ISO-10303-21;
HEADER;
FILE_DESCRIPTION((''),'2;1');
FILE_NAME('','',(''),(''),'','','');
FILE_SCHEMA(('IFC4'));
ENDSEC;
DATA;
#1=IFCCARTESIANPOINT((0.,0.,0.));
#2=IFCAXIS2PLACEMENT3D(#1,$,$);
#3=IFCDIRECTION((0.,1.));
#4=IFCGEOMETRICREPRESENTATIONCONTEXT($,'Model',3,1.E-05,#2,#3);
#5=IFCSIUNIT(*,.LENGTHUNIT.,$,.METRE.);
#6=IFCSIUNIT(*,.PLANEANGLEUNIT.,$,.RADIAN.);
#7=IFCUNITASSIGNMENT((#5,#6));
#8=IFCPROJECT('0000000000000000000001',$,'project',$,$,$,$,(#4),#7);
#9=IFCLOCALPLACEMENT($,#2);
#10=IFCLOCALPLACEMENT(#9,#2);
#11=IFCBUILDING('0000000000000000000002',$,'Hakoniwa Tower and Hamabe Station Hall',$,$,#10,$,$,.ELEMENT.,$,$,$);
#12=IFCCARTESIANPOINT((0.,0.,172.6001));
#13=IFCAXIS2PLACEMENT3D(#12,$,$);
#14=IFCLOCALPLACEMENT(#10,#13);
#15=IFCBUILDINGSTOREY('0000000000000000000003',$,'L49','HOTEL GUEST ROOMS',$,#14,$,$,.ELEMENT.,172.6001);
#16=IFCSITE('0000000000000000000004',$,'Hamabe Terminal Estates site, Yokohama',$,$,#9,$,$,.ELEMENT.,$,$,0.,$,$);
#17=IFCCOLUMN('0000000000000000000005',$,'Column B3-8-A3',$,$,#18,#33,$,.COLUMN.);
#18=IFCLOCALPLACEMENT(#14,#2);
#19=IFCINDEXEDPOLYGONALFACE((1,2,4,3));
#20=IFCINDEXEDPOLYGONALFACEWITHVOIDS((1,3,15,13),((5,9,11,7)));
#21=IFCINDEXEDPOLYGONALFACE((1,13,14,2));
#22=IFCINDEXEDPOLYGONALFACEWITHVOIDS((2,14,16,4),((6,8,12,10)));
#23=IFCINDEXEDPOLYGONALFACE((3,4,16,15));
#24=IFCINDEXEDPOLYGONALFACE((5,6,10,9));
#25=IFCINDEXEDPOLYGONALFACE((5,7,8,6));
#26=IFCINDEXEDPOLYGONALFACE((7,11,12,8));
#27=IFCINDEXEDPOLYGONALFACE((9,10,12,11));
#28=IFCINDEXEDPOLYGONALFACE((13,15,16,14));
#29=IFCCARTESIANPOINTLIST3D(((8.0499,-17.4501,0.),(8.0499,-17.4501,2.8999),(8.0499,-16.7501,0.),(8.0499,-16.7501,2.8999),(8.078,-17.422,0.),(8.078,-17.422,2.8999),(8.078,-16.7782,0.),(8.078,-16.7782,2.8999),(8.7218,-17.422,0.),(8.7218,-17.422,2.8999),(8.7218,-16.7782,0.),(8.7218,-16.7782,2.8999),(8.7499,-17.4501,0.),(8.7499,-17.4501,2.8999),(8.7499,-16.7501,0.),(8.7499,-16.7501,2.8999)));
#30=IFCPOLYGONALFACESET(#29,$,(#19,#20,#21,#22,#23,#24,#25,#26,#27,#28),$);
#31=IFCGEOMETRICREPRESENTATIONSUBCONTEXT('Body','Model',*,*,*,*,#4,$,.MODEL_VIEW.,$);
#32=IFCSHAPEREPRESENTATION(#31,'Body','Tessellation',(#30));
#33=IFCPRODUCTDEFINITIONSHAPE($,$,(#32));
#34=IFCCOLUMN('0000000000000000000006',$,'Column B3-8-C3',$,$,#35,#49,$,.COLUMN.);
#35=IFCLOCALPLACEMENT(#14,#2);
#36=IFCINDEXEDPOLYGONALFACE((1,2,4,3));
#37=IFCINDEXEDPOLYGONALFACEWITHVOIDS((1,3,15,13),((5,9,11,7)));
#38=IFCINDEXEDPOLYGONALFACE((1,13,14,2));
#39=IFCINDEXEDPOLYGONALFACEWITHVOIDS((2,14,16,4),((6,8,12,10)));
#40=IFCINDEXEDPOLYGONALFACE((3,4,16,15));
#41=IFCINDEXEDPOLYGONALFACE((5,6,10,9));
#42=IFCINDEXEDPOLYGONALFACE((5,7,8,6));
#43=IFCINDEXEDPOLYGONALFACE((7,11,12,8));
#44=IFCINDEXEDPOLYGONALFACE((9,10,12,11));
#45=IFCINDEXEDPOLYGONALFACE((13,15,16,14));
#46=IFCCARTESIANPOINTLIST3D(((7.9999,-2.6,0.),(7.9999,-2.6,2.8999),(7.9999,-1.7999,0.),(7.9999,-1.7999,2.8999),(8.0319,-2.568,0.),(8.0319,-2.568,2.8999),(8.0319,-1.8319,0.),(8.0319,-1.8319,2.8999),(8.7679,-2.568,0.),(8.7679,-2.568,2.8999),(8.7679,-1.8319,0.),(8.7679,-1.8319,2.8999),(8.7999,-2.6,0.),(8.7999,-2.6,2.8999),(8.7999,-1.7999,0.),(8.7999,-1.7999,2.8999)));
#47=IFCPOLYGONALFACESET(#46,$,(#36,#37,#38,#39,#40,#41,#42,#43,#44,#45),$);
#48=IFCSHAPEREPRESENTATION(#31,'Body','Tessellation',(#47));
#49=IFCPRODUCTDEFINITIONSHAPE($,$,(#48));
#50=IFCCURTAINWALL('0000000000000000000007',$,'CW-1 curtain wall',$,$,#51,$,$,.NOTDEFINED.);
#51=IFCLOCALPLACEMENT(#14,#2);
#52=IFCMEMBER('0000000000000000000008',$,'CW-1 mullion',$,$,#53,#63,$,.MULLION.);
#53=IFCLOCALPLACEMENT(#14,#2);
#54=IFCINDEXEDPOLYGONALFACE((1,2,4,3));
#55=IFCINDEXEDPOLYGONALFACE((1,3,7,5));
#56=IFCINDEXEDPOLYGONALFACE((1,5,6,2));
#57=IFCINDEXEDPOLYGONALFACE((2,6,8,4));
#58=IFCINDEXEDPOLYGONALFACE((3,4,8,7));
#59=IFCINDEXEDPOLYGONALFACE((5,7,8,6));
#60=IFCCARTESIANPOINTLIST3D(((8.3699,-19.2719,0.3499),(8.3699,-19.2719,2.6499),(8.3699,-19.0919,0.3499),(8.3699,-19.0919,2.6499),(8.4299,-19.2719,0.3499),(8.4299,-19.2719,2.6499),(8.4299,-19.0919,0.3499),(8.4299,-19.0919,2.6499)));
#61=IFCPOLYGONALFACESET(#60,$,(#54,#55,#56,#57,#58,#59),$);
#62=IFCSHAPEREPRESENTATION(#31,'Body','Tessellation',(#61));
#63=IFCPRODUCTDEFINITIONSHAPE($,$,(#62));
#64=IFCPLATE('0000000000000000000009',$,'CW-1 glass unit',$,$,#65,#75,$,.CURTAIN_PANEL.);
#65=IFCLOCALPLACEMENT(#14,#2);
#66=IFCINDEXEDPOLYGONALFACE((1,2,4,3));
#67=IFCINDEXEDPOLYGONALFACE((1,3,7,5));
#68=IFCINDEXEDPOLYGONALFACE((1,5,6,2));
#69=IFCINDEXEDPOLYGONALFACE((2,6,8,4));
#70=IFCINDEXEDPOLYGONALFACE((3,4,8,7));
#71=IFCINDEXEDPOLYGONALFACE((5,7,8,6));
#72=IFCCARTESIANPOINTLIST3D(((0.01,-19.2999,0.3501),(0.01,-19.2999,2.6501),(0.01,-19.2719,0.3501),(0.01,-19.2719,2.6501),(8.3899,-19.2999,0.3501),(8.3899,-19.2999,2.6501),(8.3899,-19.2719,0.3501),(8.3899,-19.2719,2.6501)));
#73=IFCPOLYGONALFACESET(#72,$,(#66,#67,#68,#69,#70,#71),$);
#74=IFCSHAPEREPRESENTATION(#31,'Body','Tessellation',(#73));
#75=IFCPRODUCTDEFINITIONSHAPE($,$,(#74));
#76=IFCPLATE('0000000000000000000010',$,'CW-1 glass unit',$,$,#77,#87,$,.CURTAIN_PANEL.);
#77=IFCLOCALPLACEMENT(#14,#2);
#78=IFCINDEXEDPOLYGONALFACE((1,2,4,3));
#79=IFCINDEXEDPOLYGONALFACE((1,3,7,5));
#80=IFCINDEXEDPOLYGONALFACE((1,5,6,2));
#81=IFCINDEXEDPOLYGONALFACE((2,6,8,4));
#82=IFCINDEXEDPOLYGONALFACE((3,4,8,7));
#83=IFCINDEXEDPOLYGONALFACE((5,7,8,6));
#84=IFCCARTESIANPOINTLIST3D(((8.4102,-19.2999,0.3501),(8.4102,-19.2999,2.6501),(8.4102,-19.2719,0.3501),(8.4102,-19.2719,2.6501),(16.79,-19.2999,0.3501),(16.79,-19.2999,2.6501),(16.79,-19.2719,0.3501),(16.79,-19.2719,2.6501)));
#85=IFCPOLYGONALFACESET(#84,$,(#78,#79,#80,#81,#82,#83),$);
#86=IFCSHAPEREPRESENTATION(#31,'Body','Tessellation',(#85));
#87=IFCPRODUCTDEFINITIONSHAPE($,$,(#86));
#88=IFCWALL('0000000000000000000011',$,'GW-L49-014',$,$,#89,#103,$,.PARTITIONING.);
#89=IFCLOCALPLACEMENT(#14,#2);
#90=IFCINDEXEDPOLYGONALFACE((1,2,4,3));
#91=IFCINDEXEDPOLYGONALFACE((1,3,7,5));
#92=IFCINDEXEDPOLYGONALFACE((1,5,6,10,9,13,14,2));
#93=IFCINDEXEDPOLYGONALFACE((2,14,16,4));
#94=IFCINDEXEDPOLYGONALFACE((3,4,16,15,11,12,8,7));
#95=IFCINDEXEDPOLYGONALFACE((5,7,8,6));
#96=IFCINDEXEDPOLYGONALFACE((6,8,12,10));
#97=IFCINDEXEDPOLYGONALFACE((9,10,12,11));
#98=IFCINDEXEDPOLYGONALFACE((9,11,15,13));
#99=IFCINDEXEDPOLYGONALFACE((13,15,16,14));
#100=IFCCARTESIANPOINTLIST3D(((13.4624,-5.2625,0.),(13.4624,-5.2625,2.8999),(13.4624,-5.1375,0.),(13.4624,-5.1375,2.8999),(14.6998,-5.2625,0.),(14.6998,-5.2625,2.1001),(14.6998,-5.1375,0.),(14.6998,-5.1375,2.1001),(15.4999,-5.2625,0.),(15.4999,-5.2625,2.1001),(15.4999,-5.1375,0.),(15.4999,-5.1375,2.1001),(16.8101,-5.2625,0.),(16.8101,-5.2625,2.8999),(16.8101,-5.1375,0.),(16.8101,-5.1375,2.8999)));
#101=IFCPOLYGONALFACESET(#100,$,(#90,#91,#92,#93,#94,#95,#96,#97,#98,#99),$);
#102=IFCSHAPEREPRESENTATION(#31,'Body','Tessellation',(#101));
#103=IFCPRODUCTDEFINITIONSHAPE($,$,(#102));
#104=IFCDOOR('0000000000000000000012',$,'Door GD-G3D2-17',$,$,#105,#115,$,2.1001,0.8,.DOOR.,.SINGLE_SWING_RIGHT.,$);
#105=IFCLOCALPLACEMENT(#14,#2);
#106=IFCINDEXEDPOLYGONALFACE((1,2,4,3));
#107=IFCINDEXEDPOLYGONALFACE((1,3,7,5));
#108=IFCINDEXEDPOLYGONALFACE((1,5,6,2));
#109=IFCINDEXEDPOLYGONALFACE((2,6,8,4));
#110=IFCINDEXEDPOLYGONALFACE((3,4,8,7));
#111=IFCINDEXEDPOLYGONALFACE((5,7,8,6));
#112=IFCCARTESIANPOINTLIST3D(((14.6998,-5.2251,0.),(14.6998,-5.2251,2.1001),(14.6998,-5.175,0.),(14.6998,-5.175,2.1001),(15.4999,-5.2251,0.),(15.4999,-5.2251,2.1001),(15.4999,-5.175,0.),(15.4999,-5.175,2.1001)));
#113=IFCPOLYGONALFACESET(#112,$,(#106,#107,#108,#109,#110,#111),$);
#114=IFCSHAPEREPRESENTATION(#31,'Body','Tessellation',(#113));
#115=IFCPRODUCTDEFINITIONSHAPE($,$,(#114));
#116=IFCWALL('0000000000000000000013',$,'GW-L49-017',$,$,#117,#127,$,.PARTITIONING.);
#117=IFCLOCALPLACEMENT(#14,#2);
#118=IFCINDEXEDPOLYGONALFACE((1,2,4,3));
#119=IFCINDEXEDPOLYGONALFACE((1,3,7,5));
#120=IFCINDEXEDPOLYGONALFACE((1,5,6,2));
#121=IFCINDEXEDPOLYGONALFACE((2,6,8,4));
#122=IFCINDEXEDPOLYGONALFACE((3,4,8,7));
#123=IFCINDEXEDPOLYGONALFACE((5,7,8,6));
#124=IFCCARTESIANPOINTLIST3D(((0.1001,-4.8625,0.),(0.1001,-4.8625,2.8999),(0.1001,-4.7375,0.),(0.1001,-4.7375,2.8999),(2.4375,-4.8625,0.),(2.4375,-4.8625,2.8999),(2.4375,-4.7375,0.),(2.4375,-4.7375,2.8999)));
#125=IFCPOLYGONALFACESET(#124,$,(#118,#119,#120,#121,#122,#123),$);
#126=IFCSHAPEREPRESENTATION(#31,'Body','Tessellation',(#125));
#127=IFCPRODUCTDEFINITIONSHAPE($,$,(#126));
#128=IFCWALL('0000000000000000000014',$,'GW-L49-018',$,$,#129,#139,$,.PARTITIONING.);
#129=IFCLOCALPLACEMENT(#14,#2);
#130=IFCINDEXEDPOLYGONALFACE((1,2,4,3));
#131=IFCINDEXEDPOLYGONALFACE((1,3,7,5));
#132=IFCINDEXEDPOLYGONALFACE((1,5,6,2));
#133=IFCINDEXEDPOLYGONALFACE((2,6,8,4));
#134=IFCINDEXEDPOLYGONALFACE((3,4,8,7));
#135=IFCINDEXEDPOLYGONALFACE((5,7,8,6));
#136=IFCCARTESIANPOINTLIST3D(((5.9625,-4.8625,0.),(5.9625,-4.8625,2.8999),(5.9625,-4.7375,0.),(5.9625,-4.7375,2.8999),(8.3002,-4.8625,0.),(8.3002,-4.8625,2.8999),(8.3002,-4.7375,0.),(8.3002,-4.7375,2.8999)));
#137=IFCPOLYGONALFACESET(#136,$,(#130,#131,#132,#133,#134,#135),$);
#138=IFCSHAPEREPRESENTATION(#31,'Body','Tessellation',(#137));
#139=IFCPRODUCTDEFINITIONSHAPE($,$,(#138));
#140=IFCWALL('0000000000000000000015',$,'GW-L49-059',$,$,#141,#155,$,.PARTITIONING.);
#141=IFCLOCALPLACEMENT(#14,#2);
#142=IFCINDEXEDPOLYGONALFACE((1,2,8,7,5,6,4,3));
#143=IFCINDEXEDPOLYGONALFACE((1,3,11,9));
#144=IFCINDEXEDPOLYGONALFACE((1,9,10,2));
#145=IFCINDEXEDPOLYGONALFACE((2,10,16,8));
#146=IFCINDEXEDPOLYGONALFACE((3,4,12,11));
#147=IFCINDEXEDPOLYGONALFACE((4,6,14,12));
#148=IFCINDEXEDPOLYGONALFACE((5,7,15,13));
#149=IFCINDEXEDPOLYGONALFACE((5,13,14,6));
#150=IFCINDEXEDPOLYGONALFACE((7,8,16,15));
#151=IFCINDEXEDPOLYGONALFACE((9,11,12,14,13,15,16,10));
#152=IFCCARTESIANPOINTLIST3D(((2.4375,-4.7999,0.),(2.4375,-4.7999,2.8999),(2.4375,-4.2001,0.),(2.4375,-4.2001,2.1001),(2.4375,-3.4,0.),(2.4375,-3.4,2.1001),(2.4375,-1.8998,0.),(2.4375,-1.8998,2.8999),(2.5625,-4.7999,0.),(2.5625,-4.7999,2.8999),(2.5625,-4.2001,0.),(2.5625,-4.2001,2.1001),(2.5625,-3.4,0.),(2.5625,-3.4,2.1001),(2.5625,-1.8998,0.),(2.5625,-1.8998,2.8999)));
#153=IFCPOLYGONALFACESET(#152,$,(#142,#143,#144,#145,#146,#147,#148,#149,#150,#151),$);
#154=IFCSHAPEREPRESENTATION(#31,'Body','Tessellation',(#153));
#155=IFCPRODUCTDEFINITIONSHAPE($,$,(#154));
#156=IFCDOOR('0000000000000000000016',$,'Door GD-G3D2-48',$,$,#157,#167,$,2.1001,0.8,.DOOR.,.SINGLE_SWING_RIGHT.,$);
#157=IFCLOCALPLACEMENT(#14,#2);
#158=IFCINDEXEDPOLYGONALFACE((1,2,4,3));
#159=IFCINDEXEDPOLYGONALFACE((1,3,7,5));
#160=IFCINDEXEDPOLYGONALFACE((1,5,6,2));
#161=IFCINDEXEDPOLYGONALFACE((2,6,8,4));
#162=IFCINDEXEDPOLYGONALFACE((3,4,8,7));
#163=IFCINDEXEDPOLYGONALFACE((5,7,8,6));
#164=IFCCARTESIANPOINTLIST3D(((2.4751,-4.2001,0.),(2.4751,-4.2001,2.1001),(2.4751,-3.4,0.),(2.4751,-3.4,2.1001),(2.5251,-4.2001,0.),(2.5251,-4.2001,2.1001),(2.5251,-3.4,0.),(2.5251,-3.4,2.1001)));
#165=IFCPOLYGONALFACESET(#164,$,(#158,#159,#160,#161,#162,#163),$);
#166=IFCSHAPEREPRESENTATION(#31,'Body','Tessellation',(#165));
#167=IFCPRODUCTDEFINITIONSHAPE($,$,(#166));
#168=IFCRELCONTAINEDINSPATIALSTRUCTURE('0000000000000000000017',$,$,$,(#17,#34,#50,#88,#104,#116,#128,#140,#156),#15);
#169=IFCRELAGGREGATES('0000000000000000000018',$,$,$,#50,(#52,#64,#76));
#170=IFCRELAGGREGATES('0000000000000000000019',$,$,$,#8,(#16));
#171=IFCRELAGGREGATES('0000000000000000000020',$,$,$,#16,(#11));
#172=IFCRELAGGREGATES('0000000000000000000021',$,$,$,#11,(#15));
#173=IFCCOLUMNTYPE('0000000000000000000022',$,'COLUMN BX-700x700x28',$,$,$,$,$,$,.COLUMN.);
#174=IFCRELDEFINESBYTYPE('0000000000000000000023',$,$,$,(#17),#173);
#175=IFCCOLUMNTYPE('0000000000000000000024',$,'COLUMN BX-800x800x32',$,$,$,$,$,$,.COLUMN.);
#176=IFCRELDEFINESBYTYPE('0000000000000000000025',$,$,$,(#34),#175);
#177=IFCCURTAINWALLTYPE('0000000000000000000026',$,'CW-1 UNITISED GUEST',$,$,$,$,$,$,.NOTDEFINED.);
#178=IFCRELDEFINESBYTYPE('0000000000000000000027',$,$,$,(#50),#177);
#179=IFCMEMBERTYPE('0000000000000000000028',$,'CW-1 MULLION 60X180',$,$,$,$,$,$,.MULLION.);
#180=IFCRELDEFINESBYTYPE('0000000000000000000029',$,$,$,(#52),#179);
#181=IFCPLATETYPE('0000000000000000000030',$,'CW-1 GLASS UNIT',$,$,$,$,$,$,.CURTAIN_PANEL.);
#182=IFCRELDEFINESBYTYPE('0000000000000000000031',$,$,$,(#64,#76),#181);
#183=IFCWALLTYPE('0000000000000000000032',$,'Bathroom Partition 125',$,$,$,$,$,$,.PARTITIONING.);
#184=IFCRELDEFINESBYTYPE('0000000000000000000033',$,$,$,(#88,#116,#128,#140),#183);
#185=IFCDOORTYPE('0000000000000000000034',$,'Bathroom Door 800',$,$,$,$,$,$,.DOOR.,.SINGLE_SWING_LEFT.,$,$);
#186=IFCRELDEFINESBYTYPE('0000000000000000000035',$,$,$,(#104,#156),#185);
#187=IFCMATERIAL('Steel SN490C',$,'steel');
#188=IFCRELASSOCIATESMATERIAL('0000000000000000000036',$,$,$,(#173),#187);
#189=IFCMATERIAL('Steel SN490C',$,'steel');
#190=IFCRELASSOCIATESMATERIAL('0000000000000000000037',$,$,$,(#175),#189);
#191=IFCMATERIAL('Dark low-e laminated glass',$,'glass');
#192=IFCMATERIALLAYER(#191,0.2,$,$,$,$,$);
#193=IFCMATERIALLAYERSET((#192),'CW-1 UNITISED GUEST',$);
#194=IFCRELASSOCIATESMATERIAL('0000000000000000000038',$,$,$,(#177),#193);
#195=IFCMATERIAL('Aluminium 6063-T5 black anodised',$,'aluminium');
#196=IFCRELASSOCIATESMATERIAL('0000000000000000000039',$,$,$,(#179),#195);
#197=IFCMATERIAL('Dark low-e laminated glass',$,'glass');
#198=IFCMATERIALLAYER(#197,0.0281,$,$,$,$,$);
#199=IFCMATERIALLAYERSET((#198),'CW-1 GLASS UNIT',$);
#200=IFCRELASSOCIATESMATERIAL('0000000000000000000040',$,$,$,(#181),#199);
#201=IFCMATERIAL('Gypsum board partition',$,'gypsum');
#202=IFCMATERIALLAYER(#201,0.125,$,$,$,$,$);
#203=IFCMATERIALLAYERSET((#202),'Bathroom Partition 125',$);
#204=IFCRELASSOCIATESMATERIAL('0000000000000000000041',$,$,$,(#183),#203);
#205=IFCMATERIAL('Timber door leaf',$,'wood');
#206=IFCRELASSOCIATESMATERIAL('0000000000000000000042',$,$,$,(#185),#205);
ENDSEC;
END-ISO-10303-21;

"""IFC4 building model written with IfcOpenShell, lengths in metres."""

from ifc_helpers import new_model, si_unit, direction, frame, frame_2d, origin, origin_2d, place, context, subcontext, project, spatial, rectangle, hollow_rectangle, extrude, material, layer, layer_set, material_profile, profile_set, type_object, element, fill, aggregate, save


model = new_model("IFC4")

# Units and contexts
model_context = context("Model", 3, precision=1e-05, world=origin(), true_north=direction((0.0, 1.0)))
body_context = subcontext(model_context, "Body", "Model", "MODEL_VIEW")
ifc_project = project(units=[si_unit("LENGTHUNIT", "METRE"), si_unit("PLANEANGLEUNIT", "RADIAN")], contexts=[model_context])

# Site, building, storey
site_placement = place(None, origin())
site = spatial("IfcSite", under=ifc_project, at=site_placement, Name="Hamabe Terminal Estates site, Yokohama", CompositionType="ELEMENT", RefElevation=0.0)
building_placement = place(site_placement, origin())
building = spatial("IfcBuilding", under=site, at=building_placement, Name="Hakoniwa Tower and Hamabe Station Hall", CompositionType="ELEMENT")
storey_placement = place(building_placement, frame((0.0, 0.0, 172.6001)))
storey = spatial("IfcBuildingStorey", under=building, at=storey_placement, Name="L49", Description="HOTEL GUEST ROOMS", CompositionType="ELEMENT", Elevation=172.6001)

# Columns
ifc_material_1 = material(Name="Steel SN490C", Category="steel")
ifc_material_profile_1 = material_profile(ifc_material_1, hollow_rectangle(XDim=0.7, YDim=0.7, WallThickness=0.0281, at=origin_2d()), Name="BX-700x700x28")
ifc_profile_set_1 = profile_set([ifc_material_profile_1], Name="Steel SN490C")
column_type_1 = type_object("IfcColumnType", Name="COLUMN BX-700x700x28", PredefinedType="COLUMN", material=ifc_profile_set_1)
column_1_placement = place(storey_placement, frame((8.3999, -17.1001, 0.0), z_axis=(0.0, 0.0, 1.0), x_axis=(1.0, 0.0, 0.0)))
element("IfcColumn", 1, at=column_1_placement, inside=storey, type_object=column_type_1, Name="Column B3-8-A3", PredefinedType="COLUMN", context=body_context, shape_type="SweptSolid", body=[
    extrude(hollow_rectangle(XDim=0.7, YDim=0.7, WallThickness=0.0281, at=origin_2d()), origin(), (0.0, 0.0, 1.0), 2.8999),
])
ifc_material_2 = material(Name="Steel SN490C", Category="steel")
ifc_material_profile_2 = material_profile(ifc_material_2, hollow_rectangle(XDim=0.8, YDim=0.8, WallThickness=0.032, at=origin_2d()), Name="BX-800x800x32")
ifc_profile_set_2 = profile_set([ifc_material_profile_2], Name="Steel SN490C")
column_type_2 = type_object("IfcColumnType", Name="COLUMN BX-800x800x32", PredefinedType="COLUMN", material=ifc_profile_set_2)
column_2_placement = place(storey_placement, frame((8.3999, -2.2, 0.0), z_axis=(0.0, 0.0, 1.0), x_axis=(1.0, 0.0, 0.0)))
element("IfcColumn", 2, at=column_2_placement, inside=storey, type_object=column_type_2, Name="Column B3-8-C3", PredefinedType="COLUMN", context=body_context, shape_type="SweptSolid", body=[
    extrude(hollow_rectangle(XDim=0.8, YDim=0.8, WallThickness=0.032, at=origin_2d()), origin(), (0.0, 0.0, 1.0), 2.8999),
])

# Curtain wall, member, plates
ifc_material_3 = material(Name="Dark low-e laminated glass", Category="glass")
ifc_layer_1 = layer(ifc_material_3, 0.2)
ifc_layer_set_1 = layer_set([ifc_layer_1], Name="CW-1 UNITISED GUEST")
curtain_wall_type = type_object("IfcCurtainWallType", Name="CW-1 UNITISED GUEST", PredefinedType="NOTDEFINED", material=ifc_layer_set_1)
curtain_wall_placement = place(storey_placement, origin())
curtain_wall = element("IfcCurtainWall", 3, at=curtain_wall_placement, inside=storey, type_object=curtain_wall_type, Name="CW-1 curtain wall", PredefinedType="NOTDEFINED")
ifc_material_4 = material(Name="Aluminium 6063-T5 black anodised", Category="aluminium")
ifc_material_profile_3 = material_profile(ifc_material_4, rectangle(XDim=0.0601, YDim=0.1799, at=origin_2d()), Name="CW-1 MULLION 60X180")
ifc_profile_set_3 = profile_set([ifc_material_profile_3], Name="Aluminium 6063-T5 black anodised")
member_type = type_object("IfcMemberType", Name="CW-1 MULLION 60X180", PredefinedType="MULLION", material=ifc_profile_set_3)
member_placement = place(storey_placement, frame((8.3999, -19.1819, 0.3499), z_axis=(0.0, 0.0, 1.0), x_axis=(1.0, 0.0, 0.0)))
member = element("IfcMember", 4, at=member_placement, type_object=member_type, Name="CW-1 mullion", PredefinedType="MULLION", context=body_context, shape_type="SweptSolid", body=[
    extrude(rectangle(XDim=0.0601, YDim=0.1799, at=origin_2d()), origin(), (0.0, 0.0, 1.0), 2.3),
])
ifc_material_5 = material(Name="Dark low-e laminated glass", Category="glass")
ifc_layer_2 = layer(ifc_material_5, 0.0281)
ifc_layer_set_2 = layer_set([ifc_layer_2], Name="CW-1 GLASS UNIT")
plate_type = type_object("IfcPlateType", Name="CW-1 GLASS UNIT", PredefinedType="CURTAIN_PANEL", material=ifc_layer_set_2)
plate_1_placement = place(storey_placement, frame((4.2, -19.2859, 0.3501), z_axis=(0.0, 0.0, 1.0), x_axis=(1.0, 0.0, 0.0)))
plate_1 = element("IfcPlate", 5, at=plate_1_placement, type_object=plate_type, Name="CW-1 glass unit", PredefinedType="CURTAIN_PANEL", context=body_context, shape_type="SweptSolid", body=[
    extrude(rectangle(XDim=8.3799, YDim=0.0281, at=origin_2d()), origin(), (0.0, 0.0, 1.0), 2.3),
])
plate_2_placement = place(storey_placement, frame((12.6001, -19.2859, 0.3501), z_axis=(0.0, 0.0, 1.0), x_axis=(1.0, 0.0, 0.0)))
plate_2 = element("IfcPlate", 6, at=plate_2_placement, type_object=plate_type, Name="CW-1 glass unit", PredefinedType="CURTAIN_PANEL", context=body_context, shape_type="SweptSolid", body=[
    extrude(rectangle(XDim=8.3799, YDim=0.0281, at=origin_2d()), origin(), (0.0, 0.0, 1.0), 2.3),
])
aggregate(curtain_wall, [member, plate_1, plate_2])

# Wall, opening, door
ifc_material_6 = material(Name="Gypsum board partition", Category="gypsum")
ifc_layer_3 = layer(ifc_material_6, 0.125)
ifc_layer_set_3 = layer_set([ifc_layer_3], Name="Bathroom Partition 125")
wall_type_1 = type_object("IfcWallType", Name="Bathroom Partition 125", PredefinedType="PARTITIONING", material=ifc_layer_set_3)
wall_1_placement = place(storey_placement, frame((13.4624, -5.2, 0.0), z_axis=(0.0, 0.0, 1.0), x_axis=(1.0, 0.0, 0.0)))
wall_1 = element("IfcWall", 7, at=wall_1_placement, inside=storey, type_object=wall_type_1, Name="GW-L49-014", PredefinedType="PARTITIONING", context=body_context, shape_type="SweptSolid", body=[
    extrude(rectangle(XDim=3.3477, YDim=0.125, at=frame_2d((1.6738, 0.0))), origin(), (0.0, 0.0, 1.0), 2.8999),
])
opening_1_placement = place(wall_1_placement, frame((1.2375, 0.0, 0.0)))
opening_1 = element("IfcOpeningElement", 8, at=opening_1_placement, cuts=wall_1, PredefinedType="OPENING", context=body_context, shape_type="SweptSolid", body=[
    extrude(rectangle(XDim=0.8, YDim=2.1001, at=frame_2d((0.3999, 1.05))), frame((0.0, 0.0725, 0.0), z_axis=(0.0, -1.0, 0.0), x_axis=(1.0, 0.0, 0.0)), (0.0, 0.0, 1.0), 0.145),
])
ifc_material_7 = material(Name="Timber door leaf", Category="wood")
door_type = type_object("IfcDoorType", Name="Bathroom Door 800", OperationType="SINGLE_SWING_LEFT", PredefinedType="DOOR", material=ifc_material_7)
door_1_placement = place(opening_1_placement, origin())
door_1 = element("IfcDoor", 9, at=door_1_placement, inside=storey, type_object=door_type, Name="Door GD-G3D2-17", OperationType="SINGLE_SWING_RIGHT", OverallHeight=2.1001, OverallWidth=0.8, PredefinedType="DOOR", context=body_context, shape_type="SweptSolid", body=[
    extrude(rectangle(XDim=0.8, YDim=2.1001, at=frame_2d((0.3999, 1.05))), frame((0.0, 0.0249, 0.0), z_axis=(0.0, -1.0, 0.0), x_axis=(1.0, 0.0, 0.0)), (0.0, 0.0, 1.0), 0.05),
])
fill(opening_1, door_1)

# Walls
wall_2_placement = place(storey_placement, frame((0.1001, -4.8, 0.0), z_axis=(0.0, 0.0, 1.0), x_axis=(1.0, 0.0, 0.0)))
element("IfcWall", 10, at=wall_2_placement, inside=storey, type_object=wall_type_1, Name="GW-L49-017", PredefinedType="PARTITIONING", context=body_context, shape_type="SweptSolid", body=[
    extrude(rectangle(XDim=2.3374, YDim=0.125, at=frame_2d((1.1687, 0.0))), origin(), (0.0, 0.0, 1.0), 2.8999),
])
wall_3_placement = place(storey_placement, frame((5.9624, -4.8, 0.0), z_axis=(0.0, 0.0, 1.0), x_axis=(1.0, 0.0, 0.0)))
element("IfcWall", 11, at=wall_3_placement, inside=storey, type_object=wall_type_1, Name="GW-L49-018", PredefinedType="PARTITIONING", context=body_context, shape_type="SweptSolid", body=[
    extrude(rectangle(XDim=2.3376, YDim=0.125, at=frame_2d((1.1689, 0.0))), origin(), (0.0, 0.0, 1.0), 2.8999),
])

# Wall, opening, door
wall_4_placement = place(storey_placement, frame((2.5, -4.8, 0.0), z_axis=(0.0, 0.0, 1.0), x_axis=(0.0, 1.0, 0.0)))
wall_4 = element("IfcWall", 12, at=wall_4_placement, inside=storey, type_object=wall_type_1, Name="GW-L49-059", PredefinedType="PARTITIONING", context=body_context, shape_type="SweptSolid", body=[
    extrude(rectangle(XDim=2.9001, YDim=0.125, at=frame_2d((1.4502, 0.0))), origin(), (0.0, 0.0, 1.0), 2.8999),
])
opening_2_placement = place(wall_4_placement, frame((0.6001, 0.0, 0.0)))
opening_2 = element("IfcOpeningElement", 13, at=opening_2_placement, cuts=wall_4, PredefinedType="OPENING", context=body_context, shape_type="SweptSolid", body=[
    extrude(rectangle(XDim=0.8, YDim=2.1001, at=frame_2d((0.3999, 1.05))), frame((0.0, 0.0725, 0.0), z_axis=(0.0, -1.0, 0.0), x_axis=(1.0, 0.0, 0.0)), (0.0, 0.0, 1.0), 0.145),
])
door_2_placement = place(opening_2_placement, origin())
door_2 = element("IfcDoor", 14, at=door_2_placement, inside=storey, type_object=door_type, Name="Door GD-G3D2-48", OperationType="SINGLE_SWING_RIGHT", OverallHeight=2.1001, OverallWidth=0.8, PredefinedType="DOOR", context=body_context, shape_type="SweptSolid", body=[
    extrude(rectangle(XDim=0.8, YDim=2.1001, at=frame_2d((0.3999, 1.05))), frame((0.0, 0.0249, 0.0), z_axis=(0.0, -1.0, 0.0), x_axis=(1.0, 0.0, 0.0)), (0.0, 0.0, 1.0), 0.05),
])
fill(opening_2, door_2)

save(model, "model.ifc")
